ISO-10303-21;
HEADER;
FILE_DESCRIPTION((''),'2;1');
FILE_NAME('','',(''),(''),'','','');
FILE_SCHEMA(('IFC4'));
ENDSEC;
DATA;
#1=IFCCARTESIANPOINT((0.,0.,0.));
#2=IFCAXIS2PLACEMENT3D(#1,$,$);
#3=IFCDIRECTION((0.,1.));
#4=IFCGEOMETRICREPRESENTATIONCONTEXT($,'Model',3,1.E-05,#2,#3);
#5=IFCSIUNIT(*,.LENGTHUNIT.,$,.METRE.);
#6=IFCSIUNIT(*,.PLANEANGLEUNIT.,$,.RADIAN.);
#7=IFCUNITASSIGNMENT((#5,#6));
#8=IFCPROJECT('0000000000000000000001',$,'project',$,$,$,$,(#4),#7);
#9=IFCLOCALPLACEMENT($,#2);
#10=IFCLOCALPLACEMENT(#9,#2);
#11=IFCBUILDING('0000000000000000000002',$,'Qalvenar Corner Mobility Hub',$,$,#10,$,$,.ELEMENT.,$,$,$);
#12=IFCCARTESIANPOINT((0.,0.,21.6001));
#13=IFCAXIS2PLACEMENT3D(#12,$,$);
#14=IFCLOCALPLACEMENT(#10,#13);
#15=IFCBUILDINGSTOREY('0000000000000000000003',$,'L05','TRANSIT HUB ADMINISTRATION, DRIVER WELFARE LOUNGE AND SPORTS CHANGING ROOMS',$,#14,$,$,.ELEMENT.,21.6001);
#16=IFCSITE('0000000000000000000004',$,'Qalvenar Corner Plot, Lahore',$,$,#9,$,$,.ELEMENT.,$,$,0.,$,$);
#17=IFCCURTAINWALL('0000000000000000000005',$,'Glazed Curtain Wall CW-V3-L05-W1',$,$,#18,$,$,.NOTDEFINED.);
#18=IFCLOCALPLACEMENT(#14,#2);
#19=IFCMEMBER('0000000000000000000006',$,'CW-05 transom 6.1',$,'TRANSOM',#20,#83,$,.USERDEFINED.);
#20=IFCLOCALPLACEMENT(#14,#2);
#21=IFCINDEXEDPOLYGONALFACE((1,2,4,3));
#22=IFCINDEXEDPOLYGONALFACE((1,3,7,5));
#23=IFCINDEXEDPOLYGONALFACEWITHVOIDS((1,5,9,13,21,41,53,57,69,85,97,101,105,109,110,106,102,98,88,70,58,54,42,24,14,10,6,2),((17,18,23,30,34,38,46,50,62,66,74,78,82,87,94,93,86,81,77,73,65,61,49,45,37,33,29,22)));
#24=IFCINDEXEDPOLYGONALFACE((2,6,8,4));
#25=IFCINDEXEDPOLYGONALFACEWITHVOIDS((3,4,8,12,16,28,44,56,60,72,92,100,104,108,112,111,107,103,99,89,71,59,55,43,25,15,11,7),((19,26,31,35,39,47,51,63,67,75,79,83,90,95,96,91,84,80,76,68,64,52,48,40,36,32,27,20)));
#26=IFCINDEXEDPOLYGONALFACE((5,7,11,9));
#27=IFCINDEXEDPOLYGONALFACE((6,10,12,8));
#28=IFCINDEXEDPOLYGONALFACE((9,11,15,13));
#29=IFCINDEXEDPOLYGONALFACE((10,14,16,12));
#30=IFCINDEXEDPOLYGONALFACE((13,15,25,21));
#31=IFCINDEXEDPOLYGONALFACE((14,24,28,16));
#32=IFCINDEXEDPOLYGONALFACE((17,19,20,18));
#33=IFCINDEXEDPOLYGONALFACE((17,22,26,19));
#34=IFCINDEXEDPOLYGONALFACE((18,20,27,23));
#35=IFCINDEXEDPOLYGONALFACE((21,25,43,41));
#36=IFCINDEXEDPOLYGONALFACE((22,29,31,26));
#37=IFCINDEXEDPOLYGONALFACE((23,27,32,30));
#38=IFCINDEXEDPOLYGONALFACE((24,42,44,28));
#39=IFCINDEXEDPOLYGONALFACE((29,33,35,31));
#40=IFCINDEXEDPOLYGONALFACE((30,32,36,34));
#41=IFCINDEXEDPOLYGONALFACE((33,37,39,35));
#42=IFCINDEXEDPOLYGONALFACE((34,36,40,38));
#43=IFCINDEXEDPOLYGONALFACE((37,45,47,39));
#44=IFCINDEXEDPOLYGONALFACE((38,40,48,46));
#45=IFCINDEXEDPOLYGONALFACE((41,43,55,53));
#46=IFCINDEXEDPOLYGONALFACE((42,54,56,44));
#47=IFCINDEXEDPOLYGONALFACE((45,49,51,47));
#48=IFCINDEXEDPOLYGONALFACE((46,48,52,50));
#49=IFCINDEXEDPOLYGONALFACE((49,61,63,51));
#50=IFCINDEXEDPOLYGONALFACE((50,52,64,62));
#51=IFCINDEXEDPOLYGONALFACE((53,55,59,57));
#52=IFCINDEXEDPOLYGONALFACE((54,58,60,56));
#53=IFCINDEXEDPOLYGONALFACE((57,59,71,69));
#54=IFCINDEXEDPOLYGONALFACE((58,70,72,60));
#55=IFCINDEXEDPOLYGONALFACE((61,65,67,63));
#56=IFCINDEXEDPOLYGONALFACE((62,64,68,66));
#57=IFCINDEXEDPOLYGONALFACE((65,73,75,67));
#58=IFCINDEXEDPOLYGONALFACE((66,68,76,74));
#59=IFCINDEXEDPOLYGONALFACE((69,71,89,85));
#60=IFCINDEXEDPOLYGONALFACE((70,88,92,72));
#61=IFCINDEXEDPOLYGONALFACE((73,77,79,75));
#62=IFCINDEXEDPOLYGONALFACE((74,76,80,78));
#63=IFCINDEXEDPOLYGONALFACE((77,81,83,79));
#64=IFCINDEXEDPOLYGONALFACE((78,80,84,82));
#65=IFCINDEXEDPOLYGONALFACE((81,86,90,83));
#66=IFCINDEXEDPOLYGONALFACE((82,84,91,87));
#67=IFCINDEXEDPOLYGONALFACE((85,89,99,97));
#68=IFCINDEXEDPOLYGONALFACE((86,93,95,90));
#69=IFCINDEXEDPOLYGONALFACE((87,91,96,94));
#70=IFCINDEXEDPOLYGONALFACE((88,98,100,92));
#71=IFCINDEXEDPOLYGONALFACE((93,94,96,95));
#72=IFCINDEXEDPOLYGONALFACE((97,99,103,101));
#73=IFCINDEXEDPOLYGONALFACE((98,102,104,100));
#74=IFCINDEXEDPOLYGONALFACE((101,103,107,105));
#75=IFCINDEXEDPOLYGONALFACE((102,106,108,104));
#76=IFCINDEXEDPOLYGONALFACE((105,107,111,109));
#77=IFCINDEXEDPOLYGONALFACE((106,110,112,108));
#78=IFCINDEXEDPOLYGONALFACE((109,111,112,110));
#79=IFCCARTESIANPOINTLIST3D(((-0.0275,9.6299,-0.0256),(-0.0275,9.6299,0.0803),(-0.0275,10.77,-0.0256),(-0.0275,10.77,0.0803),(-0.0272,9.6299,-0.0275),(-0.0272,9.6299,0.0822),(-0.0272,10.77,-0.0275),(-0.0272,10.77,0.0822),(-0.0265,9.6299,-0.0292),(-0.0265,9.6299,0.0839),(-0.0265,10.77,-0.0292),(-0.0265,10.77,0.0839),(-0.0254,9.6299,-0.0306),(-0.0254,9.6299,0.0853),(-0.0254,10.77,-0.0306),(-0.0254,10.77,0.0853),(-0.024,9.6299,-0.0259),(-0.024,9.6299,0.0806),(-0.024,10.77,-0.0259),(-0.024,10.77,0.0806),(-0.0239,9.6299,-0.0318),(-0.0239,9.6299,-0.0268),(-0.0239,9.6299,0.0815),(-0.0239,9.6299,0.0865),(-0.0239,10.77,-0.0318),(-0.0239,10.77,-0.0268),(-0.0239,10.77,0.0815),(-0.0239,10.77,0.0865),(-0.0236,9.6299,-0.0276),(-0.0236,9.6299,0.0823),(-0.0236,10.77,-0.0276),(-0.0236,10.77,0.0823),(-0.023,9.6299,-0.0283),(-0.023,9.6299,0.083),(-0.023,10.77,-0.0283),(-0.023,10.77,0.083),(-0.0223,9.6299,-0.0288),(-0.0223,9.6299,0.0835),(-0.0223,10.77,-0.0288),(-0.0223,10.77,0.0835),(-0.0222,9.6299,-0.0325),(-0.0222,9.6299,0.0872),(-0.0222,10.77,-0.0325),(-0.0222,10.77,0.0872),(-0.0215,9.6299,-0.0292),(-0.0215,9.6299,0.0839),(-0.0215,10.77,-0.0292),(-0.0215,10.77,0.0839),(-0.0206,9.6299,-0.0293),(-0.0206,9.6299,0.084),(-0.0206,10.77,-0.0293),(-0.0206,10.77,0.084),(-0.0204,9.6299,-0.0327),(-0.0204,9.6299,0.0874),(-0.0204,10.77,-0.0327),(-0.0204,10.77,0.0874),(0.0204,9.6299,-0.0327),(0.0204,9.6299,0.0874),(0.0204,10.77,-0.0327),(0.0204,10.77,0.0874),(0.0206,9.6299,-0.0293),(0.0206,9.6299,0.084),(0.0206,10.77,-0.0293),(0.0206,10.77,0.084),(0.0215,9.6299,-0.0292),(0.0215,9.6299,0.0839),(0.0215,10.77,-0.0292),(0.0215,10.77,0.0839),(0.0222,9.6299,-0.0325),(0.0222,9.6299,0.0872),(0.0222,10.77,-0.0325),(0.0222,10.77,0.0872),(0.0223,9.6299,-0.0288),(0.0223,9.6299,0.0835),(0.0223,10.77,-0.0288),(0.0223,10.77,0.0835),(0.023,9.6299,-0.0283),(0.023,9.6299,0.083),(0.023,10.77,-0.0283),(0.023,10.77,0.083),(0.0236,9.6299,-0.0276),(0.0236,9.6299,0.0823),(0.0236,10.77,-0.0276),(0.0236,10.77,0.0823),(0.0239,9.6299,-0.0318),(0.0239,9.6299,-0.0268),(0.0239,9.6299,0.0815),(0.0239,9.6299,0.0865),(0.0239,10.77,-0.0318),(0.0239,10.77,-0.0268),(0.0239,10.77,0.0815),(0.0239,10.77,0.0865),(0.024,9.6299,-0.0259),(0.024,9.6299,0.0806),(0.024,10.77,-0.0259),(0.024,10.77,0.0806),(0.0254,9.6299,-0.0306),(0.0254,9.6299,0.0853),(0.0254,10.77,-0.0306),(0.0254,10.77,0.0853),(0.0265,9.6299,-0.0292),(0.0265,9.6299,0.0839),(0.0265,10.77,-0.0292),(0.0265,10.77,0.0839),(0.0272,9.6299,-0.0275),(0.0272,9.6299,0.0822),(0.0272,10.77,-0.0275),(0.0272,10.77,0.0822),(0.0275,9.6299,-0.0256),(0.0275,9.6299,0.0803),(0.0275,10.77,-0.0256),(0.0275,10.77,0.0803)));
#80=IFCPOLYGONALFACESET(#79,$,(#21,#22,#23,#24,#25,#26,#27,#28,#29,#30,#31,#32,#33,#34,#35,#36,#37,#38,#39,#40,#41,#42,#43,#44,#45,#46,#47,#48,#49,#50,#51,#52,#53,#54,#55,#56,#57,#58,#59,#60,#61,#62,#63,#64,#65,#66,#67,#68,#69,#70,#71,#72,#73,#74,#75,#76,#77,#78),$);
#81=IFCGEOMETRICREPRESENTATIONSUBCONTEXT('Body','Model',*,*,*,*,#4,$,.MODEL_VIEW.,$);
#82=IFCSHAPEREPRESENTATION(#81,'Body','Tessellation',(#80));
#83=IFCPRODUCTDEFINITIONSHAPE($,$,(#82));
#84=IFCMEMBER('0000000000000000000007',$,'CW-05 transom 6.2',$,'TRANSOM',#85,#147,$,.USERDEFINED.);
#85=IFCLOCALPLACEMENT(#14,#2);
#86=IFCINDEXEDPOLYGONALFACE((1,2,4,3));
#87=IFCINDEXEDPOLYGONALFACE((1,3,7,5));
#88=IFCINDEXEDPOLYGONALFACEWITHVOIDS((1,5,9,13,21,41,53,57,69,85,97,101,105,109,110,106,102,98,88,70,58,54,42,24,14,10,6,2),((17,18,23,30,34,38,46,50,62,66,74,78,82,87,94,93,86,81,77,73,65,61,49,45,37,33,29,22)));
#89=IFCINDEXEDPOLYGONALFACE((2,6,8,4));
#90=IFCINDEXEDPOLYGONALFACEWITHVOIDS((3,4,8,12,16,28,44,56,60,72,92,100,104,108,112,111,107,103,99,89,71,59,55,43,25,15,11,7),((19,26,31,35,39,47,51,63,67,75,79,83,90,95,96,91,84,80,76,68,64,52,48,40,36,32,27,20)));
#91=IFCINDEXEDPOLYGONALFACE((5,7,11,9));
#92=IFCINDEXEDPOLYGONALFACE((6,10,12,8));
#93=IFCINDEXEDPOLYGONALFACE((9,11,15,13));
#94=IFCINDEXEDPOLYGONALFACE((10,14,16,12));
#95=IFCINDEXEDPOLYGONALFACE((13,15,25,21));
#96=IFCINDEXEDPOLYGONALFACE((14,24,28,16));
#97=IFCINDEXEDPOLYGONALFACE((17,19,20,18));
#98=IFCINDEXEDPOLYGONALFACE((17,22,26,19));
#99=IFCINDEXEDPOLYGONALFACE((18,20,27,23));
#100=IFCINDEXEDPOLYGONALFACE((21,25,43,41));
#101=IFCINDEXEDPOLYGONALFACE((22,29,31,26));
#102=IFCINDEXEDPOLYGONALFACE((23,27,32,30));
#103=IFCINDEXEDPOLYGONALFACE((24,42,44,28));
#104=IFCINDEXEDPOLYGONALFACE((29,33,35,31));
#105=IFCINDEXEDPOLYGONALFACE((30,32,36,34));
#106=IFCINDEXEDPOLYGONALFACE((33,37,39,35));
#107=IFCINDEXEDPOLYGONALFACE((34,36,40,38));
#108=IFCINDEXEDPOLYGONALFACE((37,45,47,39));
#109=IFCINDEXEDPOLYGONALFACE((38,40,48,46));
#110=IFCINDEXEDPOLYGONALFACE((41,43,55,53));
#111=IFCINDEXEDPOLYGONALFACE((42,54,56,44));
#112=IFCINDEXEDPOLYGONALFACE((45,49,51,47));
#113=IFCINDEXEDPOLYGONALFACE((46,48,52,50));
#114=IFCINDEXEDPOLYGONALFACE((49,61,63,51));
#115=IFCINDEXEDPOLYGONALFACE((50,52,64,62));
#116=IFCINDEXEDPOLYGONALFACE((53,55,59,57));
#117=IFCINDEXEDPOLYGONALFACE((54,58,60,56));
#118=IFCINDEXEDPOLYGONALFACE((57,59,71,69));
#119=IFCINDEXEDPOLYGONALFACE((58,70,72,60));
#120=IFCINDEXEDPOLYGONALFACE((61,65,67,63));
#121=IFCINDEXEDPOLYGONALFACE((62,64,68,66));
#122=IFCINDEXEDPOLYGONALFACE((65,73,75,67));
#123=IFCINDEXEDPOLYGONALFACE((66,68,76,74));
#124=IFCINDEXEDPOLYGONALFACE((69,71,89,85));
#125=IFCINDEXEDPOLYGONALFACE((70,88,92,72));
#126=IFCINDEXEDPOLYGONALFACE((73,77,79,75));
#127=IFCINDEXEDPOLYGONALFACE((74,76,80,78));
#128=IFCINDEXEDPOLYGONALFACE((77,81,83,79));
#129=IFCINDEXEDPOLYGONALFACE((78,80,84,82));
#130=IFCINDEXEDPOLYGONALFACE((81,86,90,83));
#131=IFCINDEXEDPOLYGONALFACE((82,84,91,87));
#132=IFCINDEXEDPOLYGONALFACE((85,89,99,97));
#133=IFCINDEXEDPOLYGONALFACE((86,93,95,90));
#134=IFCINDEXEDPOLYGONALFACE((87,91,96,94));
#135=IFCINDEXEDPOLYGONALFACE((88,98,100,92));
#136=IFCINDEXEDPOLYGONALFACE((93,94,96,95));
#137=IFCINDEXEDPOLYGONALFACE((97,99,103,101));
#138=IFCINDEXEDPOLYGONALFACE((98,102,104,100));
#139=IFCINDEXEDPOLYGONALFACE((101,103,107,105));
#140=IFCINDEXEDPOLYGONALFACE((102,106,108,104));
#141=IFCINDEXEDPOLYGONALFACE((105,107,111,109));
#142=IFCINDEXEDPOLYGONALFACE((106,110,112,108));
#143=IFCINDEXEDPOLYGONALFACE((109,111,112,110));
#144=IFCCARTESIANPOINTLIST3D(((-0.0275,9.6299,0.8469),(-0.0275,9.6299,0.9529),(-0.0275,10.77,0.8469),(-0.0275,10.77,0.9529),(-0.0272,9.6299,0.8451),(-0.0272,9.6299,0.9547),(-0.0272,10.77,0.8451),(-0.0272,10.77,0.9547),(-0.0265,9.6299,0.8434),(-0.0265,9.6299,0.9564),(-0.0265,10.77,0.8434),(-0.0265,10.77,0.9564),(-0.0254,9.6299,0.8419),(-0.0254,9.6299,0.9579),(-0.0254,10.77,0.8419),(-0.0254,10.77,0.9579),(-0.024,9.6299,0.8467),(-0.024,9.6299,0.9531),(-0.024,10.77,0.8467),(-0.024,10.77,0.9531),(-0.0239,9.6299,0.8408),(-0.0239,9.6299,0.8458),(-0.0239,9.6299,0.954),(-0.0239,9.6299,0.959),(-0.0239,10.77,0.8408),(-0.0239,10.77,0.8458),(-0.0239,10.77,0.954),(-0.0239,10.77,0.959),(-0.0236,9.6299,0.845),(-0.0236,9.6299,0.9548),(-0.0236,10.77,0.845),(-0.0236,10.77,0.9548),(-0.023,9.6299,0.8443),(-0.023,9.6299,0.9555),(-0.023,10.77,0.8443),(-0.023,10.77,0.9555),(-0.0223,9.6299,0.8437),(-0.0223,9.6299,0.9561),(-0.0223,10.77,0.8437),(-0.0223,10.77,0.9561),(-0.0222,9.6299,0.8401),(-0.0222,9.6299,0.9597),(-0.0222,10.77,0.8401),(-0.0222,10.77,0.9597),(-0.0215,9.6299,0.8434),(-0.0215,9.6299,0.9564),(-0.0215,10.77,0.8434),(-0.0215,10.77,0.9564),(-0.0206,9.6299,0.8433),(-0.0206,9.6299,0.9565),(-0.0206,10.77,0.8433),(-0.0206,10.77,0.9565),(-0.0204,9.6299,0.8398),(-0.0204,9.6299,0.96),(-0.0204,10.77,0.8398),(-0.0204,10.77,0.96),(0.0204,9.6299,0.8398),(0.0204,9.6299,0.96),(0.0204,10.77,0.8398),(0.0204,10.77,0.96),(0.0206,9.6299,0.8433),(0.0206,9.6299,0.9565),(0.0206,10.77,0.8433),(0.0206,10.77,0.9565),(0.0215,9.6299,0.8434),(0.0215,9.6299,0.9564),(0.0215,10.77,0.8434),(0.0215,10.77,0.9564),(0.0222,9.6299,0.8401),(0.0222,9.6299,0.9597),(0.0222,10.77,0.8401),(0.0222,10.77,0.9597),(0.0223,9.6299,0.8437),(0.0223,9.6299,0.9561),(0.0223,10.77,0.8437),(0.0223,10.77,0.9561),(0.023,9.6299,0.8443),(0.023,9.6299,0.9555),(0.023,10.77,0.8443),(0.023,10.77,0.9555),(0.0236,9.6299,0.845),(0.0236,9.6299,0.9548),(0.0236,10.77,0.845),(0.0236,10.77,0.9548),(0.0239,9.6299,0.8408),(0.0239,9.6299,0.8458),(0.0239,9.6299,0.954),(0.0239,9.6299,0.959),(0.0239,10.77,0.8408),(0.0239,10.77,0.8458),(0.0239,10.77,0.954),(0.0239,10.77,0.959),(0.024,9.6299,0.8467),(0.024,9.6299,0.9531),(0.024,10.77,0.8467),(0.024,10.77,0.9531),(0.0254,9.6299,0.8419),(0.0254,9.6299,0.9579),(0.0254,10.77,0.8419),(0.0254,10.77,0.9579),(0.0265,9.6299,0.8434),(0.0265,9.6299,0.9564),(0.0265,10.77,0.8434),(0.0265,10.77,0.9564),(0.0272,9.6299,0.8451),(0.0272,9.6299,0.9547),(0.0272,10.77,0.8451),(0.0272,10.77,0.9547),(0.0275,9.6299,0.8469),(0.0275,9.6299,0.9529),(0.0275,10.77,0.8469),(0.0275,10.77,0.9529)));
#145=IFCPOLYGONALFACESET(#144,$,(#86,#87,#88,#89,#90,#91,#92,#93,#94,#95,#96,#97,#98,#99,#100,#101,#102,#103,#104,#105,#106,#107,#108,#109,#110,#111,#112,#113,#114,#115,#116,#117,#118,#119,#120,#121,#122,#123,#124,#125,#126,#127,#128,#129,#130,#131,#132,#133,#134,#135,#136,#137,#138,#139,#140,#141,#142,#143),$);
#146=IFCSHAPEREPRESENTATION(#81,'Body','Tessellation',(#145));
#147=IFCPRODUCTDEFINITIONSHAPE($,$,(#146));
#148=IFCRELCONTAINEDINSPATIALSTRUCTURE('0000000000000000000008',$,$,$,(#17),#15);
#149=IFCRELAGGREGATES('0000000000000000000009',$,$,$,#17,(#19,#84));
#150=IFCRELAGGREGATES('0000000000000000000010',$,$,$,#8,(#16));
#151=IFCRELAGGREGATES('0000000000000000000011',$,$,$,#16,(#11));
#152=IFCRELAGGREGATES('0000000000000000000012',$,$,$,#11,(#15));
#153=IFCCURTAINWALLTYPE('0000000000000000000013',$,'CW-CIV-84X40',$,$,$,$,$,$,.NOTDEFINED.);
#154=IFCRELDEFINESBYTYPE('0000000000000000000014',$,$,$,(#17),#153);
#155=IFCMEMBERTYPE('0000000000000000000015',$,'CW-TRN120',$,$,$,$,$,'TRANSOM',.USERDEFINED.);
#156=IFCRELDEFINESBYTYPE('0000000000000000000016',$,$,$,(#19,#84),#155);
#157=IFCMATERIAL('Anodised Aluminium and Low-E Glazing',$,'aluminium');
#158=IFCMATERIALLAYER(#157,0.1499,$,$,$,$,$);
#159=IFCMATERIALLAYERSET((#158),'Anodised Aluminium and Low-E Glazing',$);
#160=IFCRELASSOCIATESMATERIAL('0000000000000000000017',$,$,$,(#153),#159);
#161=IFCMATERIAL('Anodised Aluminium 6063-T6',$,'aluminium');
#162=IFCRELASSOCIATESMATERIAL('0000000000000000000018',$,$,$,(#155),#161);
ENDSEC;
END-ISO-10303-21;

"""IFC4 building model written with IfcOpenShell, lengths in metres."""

from ifc_helpers import new_model, si_unit, direction, frame, origin, origin_2d, place, context, subcontext, project, spatial, hollow_rectangle, extrude, material, layer, layer_set, material_profile, profile_set, type_object, element, aggregate, save


model = new_model("IFC4")

# Units and contexts
model_context = context("Model", 3, precision=1e-05, world=origin(), true_north=direction((0.0, 1.0)))
body_context = subcontext(model_context, "Body", "Model", "MODEL_VIEW")
ifc_project = project(units=[si_unit("LENGTHUNIT", "METRE"), si_unit("PLANEANGLEUNIT", "RADIAN")], contexts=[model_context])

# Site, building, storey
site_placement = place(None, origin())
site = spatial("IfcSite", under=ifc_project, at=site_placement, Name="Qalvenar Corner Plot, Lahore", CompositionType="ELEMENT", RefElevation=0.0)
building_placement = place(site_placement, origin())
building = spatial("IfcBuilding", under=site, at=building_placement, Name="Qalvenar Corner Mobility Hub", CompositionType="ELEMENT")
storey_placement = place(building_placement, frame((0.0, 0.0, 21.6001)))
storey = spatial("IfcBuildingStorey", under=building, at=storey_placement, Name="L05", Description="TRANSIT HUB ADMINISTRATION, DRIVER WELFARE LOUNGE AND SPORTS CHANGING ROOMS", CompositionType="ELEMENT", Elevation=21.6001)

# Curtain wall, members
ifc_material_1 = material(Name="Anodised Aluminium and Low-E Glazing", Category="aluminium")
ifc_layer_1 = layer(ifc_material_1, 0.1499)
ifc_layer_set_1 = layer_set([ifc_layer_1], Name="Anodised Aluminium and Low-E Glazing")
curtain_wall_type = type_object("IfcCurtainWallType", Name="CW-CIV-84X40", PredefinedType="NOTDEFINED", material=ifc_layer_set_1)
curtain_wall_placement = place(storey_placement, origin())
curtain_wall = element("IfcCurtainWall", 1, at=curtain_wall_placement, inside=storey, type_object=curtain_wall_type, Name="Glazed Curtain Wall CW-V3-L05-W1", PredefinedType="NOTDEFINED")
ifc_material_2 = material(Name="Anodised Aluminium 6063-T6", Category="aluminium")
ifc_material_profile_1 = material_profile(ifc_material_2, hollow_rectangle(XDim=0.0549, YDim=0.1201, WallThickness=0.0034, InnerFilletRadius=0.0034, OuterFilletRadius=0.0071, at=origin_2d()), Name="RHS120x55x3.5")
ifc_profile_set_1 = profile_set([ifc_material_profile_1], Name="Anodised Aluminium 6063-T6")
member_type_1 = type_object("IfcMemberType", Name="CW-TRN120", ElementType="TRANSOM", PredefinedType="USERDEFINED", material=ifc_profile_set_1)
member_1_placement = place(storey_placement, frame((0.0, 10.77, 0.0273), z_axis=(0.0, -1.0, 0.0), x_axis=(1.0, 0.0, 0.0)))
member_1 = element("IfcMember", 2, at=member_1_placement, type_object=member_type_1, Name="CW-05 transom 6.1", ObjectType="TRANSOM", PredefinedType="USERDEFINED", context=body_context, shape_type="SweptSolid", body=[
    extrude(hollow_rectangle(XDim=0.0549, YDim=0.1201, WallThickness=0.0034, InnerFilletRadius=0.0034, OuterFilletRadius=0.0071, at=origin_2d()), origin(), (0.0, 0.0, 1.0), 1.1401),
])
member_2_placement = place(storey_placement, frame((0.0, 10.77, 0.8999), z_axis=(0.0, -1.0, 0.0), x_axis=(1.0, 0.0, 0.0)))
member_2 = element("IfcMember", 3, at=member_2_placement, type_object=member_type_1, Name="CW-05 transom 6.2", ObjectType="TRANSOM", PredefinedType="USERDEFINED", context=body_context, shape_type="SweptSolid", body=[
    extrude(hollow_rectangle(XDim=0.0549, YDim=0.1201, WallThickness=0.0034, InnerFilletRadius=0.0034, OuterFilletRadius=0.0071, at=origin_2d()), origin(), (0.0, 0.0, 1.0), 1.1401),
])
aggregate(curtain_wall, [member_1, member_2])

save(model, "model.ifc")
